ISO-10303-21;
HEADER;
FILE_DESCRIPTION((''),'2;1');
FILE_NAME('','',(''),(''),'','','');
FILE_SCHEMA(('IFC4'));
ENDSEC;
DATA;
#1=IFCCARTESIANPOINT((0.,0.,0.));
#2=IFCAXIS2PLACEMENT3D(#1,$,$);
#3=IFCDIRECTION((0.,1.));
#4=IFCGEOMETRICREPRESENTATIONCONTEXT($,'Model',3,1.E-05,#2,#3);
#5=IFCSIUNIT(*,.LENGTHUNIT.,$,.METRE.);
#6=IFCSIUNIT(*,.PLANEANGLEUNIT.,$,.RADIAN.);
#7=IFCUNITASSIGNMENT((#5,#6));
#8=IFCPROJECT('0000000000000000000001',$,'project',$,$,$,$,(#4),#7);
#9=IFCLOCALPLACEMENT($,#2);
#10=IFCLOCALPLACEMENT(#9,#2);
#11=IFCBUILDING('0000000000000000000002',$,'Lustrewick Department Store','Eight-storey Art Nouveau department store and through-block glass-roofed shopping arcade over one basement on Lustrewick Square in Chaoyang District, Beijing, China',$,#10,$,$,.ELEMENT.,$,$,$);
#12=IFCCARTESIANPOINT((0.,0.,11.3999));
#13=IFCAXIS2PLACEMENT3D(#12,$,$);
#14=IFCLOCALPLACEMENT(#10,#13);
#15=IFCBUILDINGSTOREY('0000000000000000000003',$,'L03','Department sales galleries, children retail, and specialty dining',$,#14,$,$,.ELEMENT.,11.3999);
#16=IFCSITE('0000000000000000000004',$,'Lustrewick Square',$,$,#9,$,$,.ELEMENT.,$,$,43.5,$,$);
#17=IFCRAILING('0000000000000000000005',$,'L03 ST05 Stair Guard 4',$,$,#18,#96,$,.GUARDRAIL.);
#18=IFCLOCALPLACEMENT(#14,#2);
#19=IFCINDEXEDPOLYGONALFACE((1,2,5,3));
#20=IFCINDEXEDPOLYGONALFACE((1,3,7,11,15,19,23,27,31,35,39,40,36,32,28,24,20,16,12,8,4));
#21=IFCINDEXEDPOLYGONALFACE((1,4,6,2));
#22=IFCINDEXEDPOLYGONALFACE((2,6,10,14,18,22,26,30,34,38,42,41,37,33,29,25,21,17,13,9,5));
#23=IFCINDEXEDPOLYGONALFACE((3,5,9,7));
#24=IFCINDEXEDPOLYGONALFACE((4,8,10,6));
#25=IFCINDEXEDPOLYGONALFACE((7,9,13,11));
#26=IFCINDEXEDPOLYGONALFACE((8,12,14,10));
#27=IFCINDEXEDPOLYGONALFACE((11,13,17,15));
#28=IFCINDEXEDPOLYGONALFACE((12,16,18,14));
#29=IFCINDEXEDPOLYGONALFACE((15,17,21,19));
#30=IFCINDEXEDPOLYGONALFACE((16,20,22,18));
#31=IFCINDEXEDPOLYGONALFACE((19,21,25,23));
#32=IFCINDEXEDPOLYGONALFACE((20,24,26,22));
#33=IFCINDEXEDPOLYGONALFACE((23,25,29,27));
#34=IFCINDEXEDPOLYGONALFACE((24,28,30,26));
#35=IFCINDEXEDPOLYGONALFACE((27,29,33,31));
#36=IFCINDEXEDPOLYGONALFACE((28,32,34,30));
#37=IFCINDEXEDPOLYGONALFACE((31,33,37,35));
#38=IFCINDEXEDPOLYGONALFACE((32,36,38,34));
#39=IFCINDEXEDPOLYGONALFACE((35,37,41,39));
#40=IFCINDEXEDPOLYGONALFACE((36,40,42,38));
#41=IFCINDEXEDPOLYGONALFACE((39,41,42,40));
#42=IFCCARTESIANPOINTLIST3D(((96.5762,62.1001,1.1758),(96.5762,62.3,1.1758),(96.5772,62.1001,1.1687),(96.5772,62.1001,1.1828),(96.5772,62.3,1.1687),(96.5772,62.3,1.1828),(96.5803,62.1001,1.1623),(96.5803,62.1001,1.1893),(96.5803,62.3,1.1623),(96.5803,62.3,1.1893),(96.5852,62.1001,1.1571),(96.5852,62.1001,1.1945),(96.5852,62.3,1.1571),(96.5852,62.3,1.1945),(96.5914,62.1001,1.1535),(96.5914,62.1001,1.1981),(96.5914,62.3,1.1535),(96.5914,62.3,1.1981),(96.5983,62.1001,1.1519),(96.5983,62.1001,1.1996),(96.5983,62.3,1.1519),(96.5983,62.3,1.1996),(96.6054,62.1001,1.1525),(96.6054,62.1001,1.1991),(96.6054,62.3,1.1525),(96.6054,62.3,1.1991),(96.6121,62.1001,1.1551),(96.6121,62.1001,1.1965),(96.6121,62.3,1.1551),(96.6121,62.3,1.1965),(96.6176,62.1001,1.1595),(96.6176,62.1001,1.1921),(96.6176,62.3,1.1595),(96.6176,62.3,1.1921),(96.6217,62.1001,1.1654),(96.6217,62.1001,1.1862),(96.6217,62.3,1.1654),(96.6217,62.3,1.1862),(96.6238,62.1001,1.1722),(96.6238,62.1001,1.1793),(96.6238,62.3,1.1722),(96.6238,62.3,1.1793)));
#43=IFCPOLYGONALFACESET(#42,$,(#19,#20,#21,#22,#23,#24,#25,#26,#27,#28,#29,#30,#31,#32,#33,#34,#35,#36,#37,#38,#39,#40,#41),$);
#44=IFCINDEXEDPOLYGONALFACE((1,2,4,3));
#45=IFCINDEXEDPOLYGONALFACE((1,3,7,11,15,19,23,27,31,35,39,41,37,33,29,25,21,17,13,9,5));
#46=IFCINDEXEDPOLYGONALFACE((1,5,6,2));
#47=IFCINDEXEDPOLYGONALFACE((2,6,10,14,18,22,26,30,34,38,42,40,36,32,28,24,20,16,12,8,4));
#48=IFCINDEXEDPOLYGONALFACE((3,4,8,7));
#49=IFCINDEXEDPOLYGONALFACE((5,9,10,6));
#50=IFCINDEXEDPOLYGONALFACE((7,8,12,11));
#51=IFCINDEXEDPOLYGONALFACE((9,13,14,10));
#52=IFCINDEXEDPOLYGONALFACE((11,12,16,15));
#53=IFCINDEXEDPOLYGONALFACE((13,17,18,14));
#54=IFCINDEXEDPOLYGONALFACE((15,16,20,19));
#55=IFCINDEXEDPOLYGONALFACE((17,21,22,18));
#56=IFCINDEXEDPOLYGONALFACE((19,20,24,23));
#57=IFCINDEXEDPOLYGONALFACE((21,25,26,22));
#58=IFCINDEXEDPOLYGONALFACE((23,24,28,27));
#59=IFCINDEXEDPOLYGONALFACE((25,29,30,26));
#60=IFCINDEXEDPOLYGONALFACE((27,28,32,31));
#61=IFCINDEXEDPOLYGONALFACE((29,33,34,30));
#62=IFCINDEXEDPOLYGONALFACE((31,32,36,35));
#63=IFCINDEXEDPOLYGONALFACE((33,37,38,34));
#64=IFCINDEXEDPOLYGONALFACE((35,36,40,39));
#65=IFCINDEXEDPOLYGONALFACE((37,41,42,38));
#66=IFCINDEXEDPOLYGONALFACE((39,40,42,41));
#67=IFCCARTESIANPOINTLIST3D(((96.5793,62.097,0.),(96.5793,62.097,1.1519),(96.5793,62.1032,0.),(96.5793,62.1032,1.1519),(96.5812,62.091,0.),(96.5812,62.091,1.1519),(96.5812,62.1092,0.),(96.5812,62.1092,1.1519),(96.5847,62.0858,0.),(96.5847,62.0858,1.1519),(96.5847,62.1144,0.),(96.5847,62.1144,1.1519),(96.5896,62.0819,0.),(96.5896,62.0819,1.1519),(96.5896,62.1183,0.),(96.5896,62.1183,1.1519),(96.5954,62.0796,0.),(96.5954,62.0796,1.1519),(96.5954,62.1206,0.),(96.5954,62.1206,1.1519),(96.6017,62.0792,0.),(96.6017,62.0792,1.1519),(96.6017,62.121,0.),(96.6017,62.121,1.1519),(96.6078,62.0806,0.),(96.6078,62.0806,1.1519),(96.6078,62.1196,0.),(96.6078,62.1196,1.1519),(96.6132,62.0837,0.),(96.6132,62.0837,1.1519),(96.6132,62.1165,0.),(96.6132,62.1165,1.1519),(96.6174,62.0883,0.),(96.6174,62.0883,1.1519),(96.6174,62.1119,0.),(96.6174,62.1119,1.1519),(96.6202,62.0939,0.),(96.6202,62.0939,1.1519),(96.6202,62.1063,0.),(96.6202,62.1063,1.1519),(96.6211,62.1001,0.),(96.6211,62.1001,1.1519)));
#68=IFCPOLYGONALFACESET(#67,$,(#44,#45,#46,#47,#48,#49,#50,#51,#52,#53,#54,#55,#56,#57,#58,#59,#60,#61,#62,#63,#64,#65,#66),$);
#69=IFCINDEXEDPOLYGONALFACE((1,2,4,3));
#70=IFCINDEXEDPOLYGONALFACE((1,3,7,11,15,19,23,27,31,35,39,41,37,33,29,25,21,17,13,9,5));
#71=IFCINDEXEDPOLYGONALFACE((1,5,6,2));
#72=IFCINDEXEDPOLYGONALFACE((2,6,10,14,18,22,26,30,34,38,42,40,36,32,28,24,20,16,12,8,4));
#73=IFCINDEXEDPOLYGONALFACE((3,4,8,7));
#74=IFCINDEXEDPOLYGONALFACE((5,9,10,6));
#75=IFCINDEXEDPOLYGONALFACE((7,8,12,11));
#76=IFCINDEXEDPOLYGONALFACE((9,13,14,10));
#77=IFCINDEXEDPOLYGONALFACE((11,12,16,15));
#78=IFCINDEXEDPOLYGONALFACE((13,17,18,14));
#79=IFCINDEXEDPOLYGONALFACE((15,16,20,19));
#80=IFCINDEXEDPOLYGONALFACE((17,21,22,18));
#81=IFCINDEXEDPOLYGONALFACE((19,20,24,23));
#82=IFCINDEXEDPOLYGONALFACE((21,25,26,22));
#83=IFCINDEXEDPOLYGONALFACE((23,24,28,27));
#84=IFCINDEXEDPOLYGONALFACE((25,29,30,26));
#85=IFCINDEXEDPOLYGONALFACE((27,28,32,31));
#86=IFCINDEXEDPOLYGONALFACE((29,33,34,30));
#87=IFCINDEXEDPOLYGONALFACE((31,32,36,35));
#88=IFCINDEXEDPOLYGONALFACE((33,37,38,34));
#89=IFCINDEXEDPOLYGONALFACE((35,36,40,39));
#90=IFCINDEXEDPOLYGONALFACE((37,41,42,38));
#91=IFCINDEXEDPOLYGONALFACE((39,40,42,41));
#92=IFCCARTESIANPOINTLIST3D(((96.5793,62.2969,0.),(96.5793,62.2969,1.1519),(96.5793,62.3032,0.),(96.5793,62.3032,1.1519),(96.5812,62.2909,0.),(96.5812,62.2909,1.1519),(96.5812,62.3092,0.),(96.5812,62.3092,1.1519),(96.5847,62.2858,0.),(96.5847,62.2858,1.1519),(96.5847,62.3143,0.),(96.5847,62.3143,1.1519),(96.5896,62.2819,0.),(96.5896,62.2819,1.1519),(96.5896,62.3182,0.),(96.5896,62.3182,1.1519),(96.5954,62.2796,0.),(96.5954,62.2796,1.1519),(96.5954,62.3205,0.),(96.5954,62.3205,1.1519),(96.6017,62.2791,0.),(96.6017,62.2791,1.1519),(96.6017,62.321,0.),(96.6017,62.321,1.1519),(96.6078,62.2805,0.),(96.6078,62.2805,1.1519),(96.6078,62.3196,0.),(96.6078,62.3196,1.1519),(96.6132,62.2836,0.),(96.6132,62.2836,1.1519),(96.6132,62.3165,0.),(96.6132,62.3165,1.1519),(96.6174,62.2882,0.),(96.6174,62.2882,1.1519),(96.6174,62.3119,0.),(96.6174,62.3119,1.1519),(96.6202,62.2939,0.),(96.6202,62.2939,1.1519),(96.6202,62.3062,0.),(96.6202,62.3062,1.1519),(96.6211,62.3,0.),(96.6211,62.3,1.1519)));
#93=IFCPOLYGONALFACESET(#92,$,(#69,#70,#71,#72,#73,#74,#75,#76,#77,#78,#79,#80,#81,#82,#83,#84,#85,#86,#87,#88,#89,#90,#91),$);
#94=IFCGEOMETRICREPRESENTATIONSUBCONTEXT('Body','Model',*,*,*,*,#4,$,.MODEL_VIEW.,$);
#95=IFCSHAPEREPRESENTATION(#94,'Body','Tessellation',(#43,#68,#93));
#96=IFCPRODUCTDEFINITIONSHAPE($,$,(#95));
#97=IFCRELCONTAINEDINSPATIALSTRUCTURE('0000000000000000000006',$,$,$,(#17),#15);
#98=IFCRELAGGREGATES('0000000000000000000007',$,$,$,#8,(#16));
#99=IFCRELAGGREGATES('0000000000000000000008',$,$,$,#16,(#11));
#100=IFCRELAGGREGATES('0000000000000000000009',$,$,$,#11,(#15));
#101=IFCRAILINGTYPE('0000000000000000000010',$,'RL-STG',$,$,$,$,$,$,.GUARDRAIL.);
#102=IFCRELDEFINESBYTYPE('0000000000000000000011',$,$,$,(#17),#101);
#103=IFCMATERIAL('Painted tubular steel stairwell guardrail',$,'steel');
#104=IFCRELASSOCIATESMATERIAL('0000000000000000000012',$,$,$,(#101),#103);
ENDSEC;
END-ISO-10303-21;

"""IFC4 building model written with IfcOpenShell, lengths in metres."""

from ifc_helpers import new_model, si_unit, direction, frame, origin, origin_2d, place, context, subcontext, project, spatial, circle, extrude, material, type_object, element, save


model = new_model("IFC4")

# Units and contexts
model_context = context("Model", 3, precision=1e-05, world=origin(), true_north=direction((0.0, 1.0)))
body_context = subcontext(model_context, "Body", "Model", "MODEL_VIEW")
ifc_project = project(units=[si_unit("LENGTHUNIT", "METRE"), si_unit("PLANEANGLEUNIT", "RADIAN")], contexts=[model_context])

# Site, building, storey
site_placement = place(None, origin())
site = spatial("IfcSite", under=ifc_project, at=site_placement, Name="Lustrewick Square", CompositionType="ELEMENT", RefElevation=43.5)
building_placement = place(site_placement, origin())
building = spatial("IfcBuilding", under=site, at=building_placement, Name="Lustrewick Department Store", Description="Eight-storey Art Nouveau department store and through-block glass-roofed shopping arcade over one basement on Lustrewick Square in Chaoyang District, Beijing, China", CompositionType="ELEMENT")
storey_placement = place(building_placement, frame((0.0, 0.0, 11.3999)))
storey = spatial("IfcBuildingStorey", under=building, at=storey_placement, Name="L03", Description="Department sales galleries, children retail, and specialty dining", CompositionType="ELEMENT", Elevation=11.3999)

# Railing
ifc_material_1 = material(Name="Painted tubular steel stairwell guardrail", Category="steel")
railing_type_1 = type_object("IfcRailingType", Name="RL-STG", PredefinedType="GUARDRAIL", material=ifc_material_1)
railing_1_placement = place(storey_placement, frame((96.6001, 62.1001, 0.0)))
element("IfcRailing", 1, at=railing_1_placement, inside=storey, type_object=railing_type_1, Name="L03 ST05 Stair Guard 4", PredefinedType="GUARDRAIL", context=body_context, shape_type="SweptSolid", body=[
    extrude(circle(Radius=0.0239, at=origin_2d()), frame((0.0, 0.0, 1.1758), z_axis=(0.0, 1.0, 0.0), x_axis=(-1.0, 0.0, 0.0)), (0.0, 0.0, 1.0), 0.2),
    extrude(circle(Radius=0.021, at=origin_2d()), origin(), (0.0, 0.0, 1.0), 1.1519),
    extrude(circle(Radius=0.021, at=origin_2d()), frame((0.0, 0.2, 0.0)), (0.0, 0.0, 1.0), 1.1519),
])

save(model, "model.ifc")
